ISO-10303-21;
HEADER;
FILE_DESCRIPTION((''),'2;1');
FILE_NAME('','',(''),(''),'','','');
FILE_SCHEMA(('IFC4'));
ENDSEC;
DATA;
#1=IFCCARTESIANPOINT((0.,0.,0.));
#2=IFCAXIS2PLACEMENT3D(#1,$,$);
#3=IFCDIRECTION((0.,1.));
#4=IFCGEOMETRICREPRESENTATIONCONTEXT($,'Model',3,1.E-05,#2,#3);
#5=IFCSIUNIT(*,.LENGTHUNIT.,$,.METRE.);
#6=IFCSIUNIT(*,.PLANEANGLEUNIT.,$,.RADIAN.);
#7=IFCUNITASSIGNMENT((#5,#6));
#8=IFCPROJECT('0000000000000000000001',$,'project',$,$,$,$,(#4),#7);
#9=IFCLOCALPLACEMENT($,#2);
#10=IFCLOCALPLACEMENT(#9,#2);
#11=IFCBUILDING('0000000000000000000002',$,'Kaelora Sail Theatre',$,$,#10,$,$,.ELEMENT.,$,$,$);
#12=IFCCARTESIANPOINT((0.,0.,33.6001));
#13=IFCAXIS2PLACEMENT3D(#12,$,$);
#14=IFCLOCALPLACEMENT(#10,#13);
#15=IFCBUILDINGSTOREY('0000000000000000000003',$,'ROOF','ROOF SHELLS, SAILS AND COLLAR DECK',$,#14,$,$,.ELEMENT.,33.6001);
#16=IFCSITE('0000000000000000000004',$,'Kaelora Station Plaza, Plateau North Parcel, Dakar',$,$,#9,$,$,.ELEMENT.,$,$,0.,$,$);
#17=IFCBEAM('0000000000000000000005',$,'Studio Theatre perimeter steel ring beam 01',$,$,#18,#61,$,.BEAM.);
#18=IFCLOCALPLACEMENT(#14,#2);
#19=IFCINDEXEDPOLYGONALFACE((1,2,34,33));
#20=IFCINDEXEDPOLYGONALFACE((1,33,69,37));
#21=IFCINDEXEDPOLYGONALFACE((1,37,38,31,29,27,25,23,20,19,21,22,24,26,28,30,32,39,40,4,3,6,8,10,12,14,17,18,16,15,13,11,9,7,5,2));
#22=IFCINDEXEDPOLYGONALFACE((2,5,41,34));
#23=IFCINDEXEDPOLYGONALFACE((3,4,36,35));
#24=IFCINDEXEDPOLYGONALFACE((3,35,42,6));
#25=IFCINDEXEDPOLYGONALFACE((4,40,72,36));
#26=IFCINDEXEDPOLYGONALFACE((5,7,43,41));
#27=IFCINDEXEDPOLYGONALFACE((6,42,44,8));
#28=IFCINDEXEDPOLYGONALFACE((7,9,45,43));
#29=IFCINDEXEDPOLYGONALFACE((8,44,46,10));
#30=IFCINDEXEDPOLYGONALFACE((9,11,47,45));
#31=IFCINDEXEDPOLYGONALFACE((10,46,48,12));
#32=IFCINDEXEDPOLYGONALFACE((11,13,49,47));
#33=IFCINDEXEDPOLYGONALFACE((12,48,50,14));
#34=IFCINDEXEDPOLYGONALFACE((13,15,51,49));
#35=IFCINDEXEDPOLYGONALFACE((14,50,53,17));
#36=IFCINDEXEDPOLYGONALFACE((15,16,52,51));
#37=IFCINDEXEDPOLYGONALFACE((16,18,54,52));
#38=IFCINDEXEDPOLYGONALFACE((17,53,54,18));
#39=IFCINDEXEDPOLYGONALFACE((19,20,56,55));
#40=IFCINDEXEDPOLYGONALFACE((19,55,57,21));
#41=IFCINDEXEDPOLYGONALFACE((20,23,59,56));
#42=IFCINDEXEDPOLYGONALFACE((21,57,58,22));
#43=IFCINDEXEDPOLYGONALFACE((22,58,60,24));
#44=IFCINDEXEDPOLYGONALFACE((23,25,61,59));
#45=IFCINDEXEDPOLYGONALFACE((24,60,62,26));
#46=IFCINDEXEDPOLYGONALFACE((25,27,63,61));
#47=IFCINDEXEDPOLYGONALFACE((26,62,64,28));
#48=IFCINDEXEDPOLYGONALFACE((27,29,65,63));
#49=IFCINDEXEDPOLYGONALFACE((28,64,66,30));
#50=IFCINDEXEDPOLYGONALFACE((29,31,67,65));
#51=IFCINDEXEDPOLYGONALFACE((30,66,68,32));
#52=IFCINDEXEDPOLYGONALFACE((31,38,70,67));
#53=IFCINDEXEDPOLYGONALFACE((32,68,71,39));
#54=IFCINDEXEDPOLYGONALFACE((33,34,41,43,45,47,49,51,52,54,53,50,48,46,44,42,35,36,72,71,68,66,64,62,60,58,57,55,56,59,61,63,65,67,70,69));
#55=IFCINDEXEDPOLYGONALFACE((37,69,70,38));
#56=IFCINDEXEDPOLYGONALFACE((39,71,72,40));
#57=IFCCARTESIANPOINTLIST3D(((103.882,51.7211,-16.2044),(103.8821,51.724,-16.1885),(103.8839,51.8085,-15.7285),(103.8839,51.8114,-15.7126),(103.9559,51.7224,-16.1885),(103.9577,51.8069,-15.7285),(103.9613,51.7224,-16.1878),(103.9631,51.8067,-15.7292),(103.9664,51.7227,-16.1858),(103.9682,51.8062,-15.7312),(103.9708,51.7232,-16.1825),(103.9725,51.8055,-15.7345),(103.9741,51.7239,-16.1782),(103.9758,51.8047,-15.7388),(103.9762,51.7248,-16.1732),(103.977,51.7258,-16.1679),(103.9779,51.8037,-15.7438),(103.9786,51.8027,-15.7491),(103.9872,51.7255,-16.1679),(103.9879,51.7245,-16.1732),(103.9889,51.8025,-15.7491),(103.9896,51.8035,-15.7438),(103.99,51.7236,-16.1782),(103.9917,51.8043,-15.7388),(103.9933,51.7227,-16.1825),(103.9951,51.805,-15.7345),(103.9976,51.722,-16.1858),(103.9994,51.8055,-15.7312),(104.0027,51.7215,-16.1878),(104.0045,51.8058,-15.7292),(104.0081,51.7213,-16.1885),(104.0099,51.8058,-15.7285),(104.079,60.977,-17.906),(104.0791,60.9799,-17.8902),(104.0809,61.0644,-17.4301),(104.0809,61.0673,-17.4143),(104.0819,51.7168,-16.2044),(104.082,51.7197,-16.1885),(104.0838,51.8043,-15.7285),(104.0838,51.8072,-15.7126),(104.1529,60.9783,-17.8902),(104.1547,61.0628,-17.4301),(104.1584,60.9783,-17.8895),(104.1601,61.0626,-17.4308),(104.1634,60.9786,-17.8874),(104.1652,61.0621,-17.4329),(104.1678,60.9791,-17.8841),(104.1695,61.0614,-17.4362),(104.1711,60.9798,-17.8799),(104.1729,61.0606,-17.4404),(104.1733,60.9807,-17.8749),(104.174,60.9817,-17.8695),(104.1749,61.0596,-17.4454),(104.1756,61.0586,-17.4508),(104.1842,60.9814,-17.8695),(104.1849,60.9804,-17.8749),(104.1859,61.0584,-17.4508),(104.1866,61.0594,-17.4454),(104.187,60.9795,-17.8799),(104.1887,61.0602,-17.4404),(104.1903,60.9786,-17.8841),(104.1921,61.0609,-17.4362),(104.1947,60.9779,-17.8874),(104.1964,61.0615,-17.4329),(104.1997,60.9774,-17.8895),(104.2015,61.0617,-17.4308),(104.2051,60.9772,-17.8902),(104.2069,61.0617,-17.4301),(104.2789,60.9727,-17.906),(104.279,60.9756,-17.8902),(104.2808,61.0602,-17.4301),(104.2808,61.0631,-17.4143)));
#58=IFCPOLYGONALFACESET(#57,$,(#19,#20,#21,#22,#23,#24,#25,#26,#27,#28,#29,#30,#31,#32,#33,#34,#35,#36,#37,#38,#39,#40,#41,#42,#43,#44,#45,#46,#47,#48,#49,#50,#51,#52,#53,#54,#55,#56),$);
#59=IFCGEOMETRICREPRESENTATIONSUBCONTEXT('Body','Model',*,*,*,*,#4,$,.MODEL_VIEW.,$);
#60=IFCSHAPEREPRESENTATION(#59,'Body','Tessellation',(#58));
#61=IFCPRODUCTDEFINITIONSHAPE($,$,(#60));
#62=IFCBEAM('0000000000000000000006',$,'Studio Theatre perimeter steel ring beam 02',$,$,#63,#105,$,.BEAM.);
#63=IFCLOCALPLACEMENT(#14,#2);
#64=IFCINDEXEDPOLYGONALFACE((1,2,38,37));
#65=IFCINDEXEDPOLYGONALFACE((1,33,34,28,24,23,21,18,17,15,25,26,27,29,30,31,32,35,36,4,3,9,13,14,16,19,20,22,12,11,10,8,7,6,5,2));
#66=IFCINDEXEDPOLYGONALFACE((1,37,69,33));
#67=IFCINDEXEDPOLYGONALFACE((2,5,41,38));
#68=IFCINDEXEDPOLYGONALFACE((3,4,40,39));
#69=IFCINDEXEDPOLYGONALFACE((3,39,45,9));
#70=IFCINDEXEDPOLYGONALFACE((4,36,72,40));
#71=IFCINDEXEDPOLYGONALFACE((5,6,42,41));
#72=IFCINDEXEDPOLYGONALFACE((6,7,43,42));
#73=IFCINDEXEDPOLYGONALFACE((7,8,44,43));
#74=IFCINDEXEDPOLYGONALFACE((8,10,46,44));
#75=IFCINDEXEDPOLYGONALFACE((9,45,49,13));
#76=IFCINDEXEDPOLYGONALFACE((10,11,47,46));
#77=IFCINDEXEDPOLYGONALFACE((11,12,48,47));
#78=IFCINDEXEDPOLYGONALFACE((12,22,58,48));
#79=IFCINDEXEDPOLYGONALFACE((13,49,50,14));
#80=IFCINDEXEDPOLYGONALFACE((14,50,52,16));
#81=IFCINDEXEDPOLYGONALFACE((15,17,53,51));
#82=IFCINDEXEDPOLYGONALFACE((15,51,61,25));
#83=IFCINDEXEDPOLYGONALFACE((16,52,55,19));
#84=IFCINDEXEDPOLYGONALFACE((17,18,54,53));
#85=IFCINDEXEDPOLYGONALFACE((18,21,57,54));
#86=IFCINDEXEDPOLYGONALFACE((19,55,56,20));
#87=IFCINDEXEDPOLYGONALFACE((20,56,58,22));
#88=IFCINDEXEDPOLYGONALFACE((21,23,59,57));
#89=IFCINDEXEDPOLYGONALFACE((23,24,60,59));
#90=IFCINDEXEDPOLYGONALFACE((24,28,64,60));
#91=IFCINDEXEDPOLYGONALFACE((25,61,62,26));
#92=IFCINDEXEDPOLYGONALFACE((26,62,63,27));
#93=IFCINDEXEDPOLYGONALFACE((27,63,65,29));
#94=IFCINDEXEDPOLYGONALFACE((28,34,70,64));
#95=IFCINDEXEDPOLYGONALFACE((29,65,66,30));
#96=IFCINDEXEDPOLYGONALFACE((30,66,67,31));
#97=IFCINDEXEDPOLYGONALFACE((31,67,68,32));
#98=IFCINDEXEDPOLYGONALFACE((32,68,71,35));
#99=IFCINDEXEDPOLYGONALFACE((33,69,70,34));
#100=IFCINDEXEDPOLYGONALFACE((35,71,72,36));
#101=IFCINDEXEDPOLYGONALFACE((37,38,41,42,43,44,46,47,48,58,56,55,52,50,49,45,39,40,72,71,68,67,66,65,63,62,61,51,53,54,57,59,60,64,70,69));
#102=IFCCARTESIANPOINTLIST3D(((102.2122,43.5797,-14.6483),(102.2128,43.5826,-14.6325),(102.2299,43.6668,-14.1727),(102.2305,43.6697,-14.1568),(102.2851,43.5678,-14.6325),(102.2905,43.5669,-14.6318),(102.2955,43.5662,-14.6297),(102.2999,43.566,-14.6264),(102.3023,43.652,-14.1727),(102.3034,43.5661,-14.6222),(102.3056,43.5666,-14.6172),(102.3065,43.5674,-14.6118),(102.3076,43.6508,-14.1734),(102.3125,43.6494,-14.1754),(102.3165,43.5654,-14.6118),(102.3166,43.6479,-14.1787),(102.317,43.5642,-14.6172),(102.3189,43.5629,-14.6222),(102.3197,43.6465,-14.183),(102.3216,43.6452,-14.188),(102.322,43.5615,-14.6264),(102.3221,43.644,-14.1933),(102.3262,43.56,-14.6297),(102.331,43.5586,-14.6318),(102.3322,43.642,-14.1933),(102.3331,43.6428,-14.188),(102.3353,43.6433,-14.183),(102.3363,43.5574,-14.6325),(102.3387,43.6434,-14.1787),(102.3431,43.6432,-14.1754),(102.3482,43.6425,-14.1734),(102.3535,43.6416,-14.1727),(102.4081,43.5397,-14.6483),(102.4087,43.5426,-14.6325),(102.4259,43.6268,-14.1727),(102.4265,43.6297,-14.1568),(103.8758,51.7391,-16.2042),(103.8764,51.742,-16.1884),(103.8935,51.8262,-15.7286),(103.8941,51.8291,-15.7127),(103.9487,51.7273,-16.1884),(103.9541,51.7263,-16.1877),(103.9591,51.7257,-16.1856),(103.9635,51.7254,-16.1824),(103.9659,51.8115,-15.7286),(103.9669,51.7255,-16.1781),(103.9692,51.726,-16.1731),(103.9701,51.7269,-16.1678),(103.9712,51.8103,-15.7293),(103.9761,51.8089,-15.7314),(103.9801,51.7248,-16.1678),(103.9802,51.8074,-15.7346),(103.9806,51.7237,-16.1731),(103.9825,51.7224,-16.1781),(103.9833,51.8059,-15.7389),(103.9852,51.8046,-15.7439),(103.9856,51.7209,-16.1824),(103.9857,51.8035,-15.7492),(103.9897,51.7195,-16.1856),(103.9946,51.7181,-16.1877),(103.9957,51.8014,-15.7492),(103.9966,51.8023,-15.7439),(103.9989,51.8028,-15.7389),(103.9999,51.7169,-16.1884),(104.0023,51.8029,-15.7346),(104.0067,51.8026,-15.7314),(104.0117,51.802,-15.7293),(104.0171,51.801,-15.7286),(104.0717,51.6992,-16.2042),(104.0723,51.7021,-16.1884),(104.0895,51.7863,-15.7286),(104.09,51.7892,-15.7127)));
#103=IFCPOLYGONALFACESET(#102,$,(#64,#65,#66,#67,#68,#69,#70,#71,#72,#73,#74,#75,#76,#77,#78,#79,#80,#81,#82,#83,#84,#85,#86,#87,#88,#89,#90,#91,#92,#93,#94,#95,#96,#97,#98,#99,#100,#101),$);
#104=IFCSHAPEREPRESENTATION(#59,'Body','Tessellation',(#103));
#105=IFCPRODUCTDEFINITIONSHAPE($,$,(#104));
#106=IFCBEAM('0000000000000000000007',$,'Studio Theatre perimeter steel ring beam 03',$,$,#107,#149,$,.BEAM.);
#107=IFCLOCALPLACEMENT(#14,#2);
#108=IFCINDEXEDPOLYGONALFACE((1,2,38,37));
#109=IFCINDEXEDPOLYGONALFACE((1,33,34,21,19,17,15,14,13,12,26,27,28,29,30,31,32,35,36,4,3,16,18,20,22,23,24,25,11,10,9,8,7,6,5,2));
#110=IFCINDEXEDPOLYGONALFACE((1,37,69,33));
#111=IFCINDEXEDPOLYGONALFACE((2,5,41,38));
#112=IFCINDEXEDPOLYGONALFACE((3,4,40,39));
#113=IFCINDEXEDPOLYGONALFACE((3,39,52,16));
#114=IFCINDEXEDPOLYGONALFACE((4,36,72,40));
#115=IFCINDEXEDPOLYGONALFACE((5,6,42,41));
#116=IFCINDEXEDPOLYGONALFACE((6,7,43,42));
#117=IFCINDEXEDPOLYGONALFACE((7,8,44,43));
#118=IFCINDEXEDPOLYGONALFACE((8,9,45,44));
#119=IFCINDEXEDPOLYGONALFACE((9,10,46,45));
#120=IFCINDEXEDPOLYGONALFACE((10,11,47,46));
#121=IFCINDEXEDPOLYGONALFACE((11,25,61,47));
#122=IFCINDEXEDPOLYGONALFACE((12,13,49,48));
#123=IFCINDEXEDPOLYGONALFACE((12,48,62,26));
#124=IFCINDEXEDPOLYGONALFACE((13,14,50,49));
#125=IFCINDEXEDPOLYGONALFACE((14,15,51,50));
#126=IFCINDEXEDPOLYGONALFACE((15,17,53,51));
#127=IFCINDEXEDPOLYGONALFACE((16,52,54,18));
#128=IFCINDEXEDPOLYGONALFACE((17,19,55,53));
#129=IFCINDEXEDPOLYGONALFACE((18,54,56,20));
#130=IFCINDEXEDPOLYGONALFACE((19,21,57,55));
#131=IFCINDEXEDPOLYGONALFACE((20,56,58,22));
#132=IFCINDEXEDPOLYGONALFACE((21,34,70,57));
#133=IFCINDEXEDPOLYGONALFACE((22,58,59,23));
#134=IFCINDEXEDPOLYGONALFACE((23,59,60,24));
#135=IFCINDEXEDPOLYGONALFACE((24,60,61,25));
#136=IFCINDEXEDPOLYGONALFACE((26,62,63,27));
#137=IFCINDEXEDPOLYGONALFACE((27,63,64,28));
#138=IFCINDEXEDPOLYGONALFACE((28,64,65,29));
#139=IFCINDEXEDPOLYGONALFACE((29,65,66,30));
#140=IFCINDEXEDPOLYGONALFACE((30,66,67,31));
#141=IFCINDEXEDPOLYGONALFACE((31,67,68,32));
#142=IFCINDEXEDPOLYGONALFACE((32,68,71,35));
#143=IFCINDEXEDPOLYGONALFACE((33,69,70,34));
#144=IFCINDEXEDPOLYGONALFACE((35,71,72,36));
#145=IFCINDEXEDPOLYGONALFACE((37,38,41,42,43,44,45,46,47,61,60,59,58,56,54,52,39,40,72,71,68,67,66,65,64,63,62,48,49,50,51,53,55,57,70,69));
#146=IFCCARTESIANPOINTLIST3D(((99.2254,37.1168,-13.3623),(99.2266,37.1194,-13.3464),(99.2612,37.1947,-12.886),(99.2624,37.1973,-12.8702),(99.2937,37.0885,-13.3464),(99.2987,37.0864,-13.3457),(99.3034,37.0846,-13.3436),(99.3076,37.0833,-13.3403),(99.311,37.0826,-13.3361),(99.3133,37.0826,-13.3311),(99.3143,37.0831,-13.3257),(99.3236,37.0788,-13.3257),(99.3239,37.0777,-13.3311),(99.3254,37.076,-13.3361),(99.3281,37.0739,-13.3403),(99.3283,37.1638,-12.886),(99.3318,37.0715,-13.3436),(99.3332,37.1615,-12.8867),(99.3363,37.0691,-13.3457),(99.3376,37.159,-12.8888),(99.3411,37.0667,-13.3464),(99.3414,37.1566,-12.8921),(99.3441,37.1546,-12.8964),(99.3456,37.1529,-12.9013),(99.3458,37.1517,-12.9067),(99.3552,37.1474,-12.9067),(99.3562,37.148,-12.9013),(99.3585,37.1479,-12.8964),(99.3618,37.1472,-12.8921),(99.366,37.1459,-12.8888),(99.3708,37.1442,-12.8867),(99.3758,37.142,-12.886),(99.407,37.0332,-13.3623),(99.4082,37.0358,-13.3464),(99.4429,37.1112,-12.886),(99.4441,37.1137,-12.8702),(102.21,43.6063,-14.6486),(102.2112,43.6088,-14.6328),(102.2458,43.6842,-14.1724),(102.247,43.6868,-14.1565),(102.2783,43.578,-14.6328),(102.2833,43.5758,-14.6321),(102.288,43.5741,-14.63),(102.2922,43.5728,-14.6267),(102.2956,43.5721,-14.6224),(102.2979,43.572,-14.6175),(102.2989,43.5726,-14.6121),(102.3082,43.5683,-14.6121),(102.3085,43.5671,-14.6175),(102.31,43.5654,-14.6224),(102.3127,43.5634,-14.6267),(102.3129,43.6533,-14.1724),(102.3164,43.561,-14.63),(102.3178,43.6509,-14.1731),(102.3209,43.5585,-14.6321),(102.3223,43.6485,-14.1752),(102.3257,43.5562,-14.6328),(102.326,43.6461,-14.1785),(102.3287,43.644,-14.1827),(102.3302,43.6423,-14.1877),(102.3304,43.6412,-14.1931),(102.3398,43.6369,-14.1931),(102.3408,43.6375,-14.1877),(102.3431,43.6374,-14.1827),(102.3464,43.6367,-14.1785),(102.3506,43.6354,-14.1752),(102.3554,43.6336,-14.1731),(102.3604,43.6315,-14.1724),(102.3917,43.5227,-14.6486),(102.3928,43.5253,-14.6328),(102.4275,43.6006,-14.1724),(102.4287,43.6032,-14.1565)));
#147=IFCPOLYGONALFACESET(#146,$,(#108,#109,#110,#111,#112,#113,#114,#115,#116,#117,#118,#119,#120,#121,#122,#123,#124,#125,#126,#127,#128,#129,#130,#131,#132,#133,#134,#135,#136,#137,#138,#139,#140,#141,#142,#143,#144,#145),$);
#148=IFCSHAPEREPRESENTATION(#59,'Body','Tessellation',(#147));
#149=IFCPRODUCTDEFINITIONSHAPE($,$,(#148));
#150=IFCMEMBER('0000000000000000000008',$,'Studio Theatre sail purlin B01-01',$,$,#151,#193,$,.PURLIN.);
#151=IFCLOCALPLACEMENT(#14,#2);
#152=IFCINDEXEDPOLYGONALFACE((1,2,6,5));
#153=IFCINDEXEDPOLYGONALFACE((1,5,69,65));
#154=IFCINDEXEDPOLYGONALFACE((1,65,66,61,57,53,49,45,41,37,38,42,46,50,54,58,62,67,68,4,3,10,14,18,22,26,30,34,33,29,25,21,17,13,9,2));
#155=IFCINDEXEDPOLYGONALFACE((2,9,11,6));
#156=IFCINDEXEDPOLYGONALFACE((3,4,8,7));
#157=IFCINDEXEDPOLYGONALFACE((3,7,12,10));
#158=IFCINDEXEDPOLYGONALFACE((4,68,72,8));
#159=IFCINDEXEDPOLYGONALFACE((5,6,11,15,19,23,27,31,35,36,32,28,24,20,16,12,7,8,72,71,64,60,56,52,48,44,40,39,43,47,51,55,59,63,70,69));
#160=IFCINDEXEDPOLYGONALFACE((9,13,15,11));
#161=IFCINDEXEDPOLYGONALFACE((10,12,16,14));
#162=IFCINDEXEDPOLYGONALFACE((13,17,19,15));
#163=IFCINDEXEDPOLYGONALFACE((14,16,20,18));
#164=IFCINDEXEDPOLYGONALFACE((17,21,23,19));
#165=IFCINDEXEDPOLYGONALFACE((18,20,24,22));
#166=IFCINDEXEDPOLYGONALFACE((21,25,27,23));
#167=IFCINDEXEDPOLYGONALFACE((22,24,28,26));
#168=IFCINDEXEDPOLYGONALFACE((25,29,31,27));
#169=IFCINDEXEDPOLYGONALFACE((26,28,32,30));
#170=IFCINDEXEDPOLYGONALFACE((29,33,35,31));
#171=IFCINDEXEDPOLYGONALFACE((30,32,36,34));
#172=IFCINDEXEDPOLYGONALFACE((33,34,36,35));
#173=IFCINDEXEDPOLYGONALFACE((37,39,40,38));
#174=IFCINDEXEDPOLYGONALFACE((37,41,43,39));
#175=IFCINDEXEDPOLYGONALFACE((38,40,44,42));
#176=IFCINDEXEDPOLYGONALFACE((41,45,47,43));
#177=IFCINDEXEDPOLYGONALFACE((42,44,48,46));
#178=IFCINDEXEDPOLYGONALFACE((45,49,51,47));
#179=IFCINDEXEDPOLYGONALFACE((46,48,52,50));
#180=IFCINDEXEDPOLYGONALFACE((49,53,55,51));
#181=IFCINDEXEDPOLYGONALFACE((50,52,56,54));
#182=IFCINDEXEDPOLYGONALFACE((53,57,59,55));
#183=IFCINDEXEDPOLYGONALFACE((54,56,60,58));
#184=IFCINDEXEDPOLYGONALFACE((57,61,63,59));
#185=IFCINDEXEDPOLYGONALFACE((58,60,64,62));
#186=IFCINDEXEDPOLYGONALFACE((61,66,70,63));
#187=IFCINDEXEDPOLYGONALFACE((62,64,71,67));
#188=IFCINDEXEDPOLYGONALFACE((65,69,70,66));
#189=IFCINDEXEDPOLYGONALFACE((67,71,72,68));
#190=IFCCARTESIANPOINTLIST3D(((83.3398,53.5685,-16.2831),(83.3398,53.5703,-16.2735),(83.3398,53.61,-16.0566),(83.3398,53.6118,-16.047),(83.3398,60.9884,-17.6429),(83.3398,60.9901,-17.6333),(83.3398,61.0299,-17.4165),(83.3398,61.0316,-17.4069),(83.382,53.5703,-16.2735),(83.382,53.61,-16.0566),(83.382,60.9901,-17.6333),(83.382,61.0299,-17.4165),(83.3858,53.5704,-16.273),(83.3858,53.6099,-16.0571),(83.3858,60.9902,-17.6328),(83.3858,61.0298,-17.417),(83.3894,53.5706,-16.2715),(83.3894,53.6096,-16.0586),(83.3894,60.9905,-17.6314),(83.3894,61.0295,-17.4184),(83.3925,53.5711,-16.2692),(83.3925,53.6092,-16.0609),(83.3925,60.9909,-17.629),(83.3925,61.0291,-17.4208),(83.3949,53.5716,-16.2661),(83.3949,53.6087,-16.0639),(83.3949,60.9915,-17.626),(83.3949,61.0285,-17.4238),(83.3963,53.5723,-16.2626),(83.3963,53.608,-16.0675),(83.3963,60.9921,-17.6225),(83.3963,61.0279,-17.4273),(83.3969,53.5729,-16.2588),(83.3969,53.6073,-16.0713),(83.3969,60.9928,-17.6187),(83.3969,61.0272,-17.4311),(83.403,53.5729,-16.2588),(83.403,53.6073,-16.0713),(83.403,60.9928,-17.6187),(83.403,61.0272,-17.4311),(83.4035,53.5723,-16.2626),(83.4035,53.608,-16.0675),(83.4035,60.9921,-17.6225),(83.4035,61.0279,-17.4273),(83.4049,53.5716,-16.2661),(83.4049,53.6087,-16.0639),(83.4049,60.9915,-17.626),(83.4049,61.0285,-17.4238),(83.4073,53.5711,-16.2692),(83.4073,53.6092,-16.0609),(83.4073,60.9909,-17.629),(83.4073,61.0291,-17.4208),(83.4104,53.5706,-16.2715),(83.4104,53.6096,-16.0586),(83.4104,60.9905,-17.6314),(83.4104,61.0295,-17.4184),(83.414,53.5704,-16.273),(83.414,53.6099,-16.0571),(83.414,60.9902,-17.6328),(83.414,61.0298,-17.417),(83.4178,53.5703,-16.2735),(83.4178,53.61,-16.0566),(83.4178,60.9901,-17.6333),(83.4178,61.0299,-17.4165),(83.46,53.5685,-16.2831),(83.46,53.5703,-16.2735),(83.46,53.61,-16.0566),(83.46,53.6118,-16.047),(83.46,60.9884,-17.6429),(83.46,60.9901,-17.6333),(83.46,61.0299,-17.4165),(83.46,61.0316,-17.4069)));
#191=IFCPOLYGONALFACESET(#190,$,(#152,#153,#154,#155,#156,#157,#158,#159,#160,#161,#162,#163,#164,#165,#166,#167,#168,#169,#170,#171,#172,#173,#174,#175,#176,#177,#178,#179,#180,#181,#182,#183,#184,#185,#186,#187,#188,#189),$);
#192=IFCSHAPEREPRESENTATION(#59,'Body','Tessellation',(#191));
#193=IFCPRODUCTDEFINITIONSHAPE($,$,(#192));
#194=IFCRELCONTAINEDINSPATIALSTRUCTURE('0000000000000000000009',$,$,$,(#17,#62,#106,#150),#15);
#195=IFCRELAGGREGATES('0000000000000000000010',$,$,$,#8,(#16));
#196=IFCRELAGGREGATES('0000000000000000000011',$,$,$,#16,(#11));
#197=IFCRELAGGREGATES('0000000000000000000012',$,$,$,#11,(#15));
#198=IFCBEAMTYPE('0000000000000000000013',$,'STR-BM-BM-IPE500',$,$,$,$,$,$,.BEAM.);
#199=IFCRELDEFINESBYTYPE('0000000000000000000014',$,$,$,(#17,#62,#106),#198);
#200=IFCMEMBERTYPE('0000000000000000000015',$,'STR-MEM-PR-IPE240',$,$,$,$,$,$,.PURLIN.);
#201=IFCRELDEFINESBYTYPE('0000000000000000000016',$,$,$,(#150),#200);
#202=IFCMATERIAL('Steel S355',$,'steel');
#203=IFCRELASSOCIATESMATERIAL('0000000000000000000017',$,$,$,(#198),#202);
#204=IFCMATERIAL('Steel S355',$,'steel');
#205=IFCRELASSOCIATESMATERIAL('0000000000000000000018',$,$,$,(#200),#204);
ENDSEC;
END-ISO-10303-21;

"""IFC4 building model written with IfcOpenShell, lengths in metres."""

from ifc_helpers import new_model, si_unit, direction, frame, origin, origin_2d, place, context, subcontext, project, spatial, i_section, extrude, material, material_profile, profile_set, type_object, element, save


model = new_model("IFC4")

# Units and contexts
model_context = context("Model", 3, precision=1e-05, world=origin(), true_north=direction((0.0, 1.0)))
body_context = subcontext(model_context, "Body", "Model", "MODEL_VIEW")
ifc_project = project(units=[si_unit("LENGTHUNIT", "METRE"), si_unit("PLANEANGLEUNIT", "RADIAN")], contexts=[model_context])

# Site, building, storey
site_placement = place(None, origin())
site = spatial("IfcSite", under=ifc_project, at=site_placement, Name="Kaelora Station Plaza, Plateau North Parcel, Dakar", CompositionType="ELEMENT", RefElevation=0.0)
building_placement = place(site_placement, origin())
building = spatial("IfcBuilding", under=site, at=building_placement, Name="Kaelora Sail Theatre", CompositionType="ELEMENT")
storey_placement = place(building_placement, frame((0.0, 0.0, 33.6001)))
storey = spatial("IfcBuildingStorey", under=building, at=storey_placement, Name="ROOF", Description="ROOF SHELLS, SAILS AND COLLAR DECK", CompositionType="ELEMENT", Elevation=33.6001)

# Beams
ifc_material_1 = material(Name="Steel S355", Category="steel")
ifc_material_profile_1 = material_profile(ifc_material_1, i_section(OverallWidth=0.2, OverallDepth=0.5, WebThickness=0.0103, FlangeThickness=0.0161, FilletRadius=0.021, at=origin_2d()), Name="IPE 500")
ifc_profile_set_1 = profile_set([ifc_material_profile_1], Name="Steel S355")
beam_type = type_object("IfcBeamType", Name="STR-BM-BM-IPE500", PredefinedType="BEAM", material=ifc_profile_set_1)
beam_1_placement = place(storey_placement, frame((104.1799, 61.02, -17.6602), z_axis=(-0.020931, -0.983301, 0.180777), x_axis=(0.999774, -0.021281, 0.0)))
element("IfcBeam", 1, at=beam_1_placement, inside=storey, type_object=beam_type, Name="Studio Theatre perimeter steel ring beam 01", PredefinedType="BEAM", context=body_context, shape_type="SweptSolid", body=[
    extrude(i_section(OverallWidth=0.2, OverallDepth=0.5, WebThickness=0.0103, FlangeThickness=0.0161, FilletRadius=0.021, at=origin_2d()), origin(), (0.0, 0.0, 1.0), 9.4131),
])
beam_2_placement = place(storey_placement, frame((103.9829, 51.7642, -15.9585), z_axis=(-0.196375, -0.963174, 0.183666), x_axis=(0.979842, -0.199774, 0.0)))
element("IfcBeam", 2, at=beam_2_placement, inside=storey, type_object=beam_type, Name="Studio Theatre perimeter steel ring beam 02", PredefinedType="BEAM", context=body_context, shape_type="SweptSolid", body=[
    extrude(i_section(OverallWidth=0.2, OverallDepth=0.5, WebThickness=0.0103, FlangeThickness=0.0161, FilletRadius=0.021, at=origin_2d()), origin(), (0.0, 0.0, 1.0), 8.4714),
])
beam_3_placement = place(storey_placement, frame((102.3193, 43.6047, -14.4026), z_axis=(-0.411226, -0.894136, 0.177239), x_axis=(0.90852, -0.417842, 0.0)))
element("IfcBeam", 3, at=beam_3_placement, inside=storey, type_object=beam_type, Name="Studio Theatre perimeter steel ring beam 03", PredefinedType="BEAM", context=body_context, shape_type="SweptSolid", body=[
    extrude(i_section(OverallWidth=0.2, OverallDepth=0.5, WebThickness=0.0103, FlangeThickness=0.0161, FilletRadius=0.021, at=origin_2d()), origin(), (0.0, 0.0, 1.0), 7.2578),
])

# Member
ifc_material_2 = material(Name="Steel S355", Category="steel")
ifc_material_profile_2 = material_profile(ifc_material_2, i_section(OverallWidth=0.1201, OverallDepth=0.24, WebThickness=0.0061, FlangeThickness=0.0098, FilletRadius=0.0149, at=origin_2d()), Name="IPE 240")
ifc_profile_set_2 = profile_set([ifc_material_profile_2], Name="Steel S355")
member_type = type_object("IfcMemberType", Name="STR-MEM-PR-IPE240", PredefinedType="PURLIN", material=ifc_profile_set_2)
for number, where, z_axis, x_axis, name in (
    (4, (83.3999, 61.01, -17.5249), (0.0, -0.983617, 0.180269), (1.0, 0.0, 0.0), "Studio Theatre sail purlin B01-01"),
):
    element("IfcMember", number, at=place(storey_placement, frame(where, z_axis=z_axis, x_axis=x_axis)), inside=storey, type_object=member_type, Name=name, PredefinedType="PURLIN", context=body_context, shape_type="SweptSolid", body=[
        extrude(i_section(OverallWidth=0.1201, OverallDepth=0.24, WebThickness=0.0061, FlangeThickness=0.0098, FilletRadius=0.0149, at=origin_2d()), origin(), (0.0, 0.0, 1.0), 7.5435),
    ])

save(model, "model.ifc")
